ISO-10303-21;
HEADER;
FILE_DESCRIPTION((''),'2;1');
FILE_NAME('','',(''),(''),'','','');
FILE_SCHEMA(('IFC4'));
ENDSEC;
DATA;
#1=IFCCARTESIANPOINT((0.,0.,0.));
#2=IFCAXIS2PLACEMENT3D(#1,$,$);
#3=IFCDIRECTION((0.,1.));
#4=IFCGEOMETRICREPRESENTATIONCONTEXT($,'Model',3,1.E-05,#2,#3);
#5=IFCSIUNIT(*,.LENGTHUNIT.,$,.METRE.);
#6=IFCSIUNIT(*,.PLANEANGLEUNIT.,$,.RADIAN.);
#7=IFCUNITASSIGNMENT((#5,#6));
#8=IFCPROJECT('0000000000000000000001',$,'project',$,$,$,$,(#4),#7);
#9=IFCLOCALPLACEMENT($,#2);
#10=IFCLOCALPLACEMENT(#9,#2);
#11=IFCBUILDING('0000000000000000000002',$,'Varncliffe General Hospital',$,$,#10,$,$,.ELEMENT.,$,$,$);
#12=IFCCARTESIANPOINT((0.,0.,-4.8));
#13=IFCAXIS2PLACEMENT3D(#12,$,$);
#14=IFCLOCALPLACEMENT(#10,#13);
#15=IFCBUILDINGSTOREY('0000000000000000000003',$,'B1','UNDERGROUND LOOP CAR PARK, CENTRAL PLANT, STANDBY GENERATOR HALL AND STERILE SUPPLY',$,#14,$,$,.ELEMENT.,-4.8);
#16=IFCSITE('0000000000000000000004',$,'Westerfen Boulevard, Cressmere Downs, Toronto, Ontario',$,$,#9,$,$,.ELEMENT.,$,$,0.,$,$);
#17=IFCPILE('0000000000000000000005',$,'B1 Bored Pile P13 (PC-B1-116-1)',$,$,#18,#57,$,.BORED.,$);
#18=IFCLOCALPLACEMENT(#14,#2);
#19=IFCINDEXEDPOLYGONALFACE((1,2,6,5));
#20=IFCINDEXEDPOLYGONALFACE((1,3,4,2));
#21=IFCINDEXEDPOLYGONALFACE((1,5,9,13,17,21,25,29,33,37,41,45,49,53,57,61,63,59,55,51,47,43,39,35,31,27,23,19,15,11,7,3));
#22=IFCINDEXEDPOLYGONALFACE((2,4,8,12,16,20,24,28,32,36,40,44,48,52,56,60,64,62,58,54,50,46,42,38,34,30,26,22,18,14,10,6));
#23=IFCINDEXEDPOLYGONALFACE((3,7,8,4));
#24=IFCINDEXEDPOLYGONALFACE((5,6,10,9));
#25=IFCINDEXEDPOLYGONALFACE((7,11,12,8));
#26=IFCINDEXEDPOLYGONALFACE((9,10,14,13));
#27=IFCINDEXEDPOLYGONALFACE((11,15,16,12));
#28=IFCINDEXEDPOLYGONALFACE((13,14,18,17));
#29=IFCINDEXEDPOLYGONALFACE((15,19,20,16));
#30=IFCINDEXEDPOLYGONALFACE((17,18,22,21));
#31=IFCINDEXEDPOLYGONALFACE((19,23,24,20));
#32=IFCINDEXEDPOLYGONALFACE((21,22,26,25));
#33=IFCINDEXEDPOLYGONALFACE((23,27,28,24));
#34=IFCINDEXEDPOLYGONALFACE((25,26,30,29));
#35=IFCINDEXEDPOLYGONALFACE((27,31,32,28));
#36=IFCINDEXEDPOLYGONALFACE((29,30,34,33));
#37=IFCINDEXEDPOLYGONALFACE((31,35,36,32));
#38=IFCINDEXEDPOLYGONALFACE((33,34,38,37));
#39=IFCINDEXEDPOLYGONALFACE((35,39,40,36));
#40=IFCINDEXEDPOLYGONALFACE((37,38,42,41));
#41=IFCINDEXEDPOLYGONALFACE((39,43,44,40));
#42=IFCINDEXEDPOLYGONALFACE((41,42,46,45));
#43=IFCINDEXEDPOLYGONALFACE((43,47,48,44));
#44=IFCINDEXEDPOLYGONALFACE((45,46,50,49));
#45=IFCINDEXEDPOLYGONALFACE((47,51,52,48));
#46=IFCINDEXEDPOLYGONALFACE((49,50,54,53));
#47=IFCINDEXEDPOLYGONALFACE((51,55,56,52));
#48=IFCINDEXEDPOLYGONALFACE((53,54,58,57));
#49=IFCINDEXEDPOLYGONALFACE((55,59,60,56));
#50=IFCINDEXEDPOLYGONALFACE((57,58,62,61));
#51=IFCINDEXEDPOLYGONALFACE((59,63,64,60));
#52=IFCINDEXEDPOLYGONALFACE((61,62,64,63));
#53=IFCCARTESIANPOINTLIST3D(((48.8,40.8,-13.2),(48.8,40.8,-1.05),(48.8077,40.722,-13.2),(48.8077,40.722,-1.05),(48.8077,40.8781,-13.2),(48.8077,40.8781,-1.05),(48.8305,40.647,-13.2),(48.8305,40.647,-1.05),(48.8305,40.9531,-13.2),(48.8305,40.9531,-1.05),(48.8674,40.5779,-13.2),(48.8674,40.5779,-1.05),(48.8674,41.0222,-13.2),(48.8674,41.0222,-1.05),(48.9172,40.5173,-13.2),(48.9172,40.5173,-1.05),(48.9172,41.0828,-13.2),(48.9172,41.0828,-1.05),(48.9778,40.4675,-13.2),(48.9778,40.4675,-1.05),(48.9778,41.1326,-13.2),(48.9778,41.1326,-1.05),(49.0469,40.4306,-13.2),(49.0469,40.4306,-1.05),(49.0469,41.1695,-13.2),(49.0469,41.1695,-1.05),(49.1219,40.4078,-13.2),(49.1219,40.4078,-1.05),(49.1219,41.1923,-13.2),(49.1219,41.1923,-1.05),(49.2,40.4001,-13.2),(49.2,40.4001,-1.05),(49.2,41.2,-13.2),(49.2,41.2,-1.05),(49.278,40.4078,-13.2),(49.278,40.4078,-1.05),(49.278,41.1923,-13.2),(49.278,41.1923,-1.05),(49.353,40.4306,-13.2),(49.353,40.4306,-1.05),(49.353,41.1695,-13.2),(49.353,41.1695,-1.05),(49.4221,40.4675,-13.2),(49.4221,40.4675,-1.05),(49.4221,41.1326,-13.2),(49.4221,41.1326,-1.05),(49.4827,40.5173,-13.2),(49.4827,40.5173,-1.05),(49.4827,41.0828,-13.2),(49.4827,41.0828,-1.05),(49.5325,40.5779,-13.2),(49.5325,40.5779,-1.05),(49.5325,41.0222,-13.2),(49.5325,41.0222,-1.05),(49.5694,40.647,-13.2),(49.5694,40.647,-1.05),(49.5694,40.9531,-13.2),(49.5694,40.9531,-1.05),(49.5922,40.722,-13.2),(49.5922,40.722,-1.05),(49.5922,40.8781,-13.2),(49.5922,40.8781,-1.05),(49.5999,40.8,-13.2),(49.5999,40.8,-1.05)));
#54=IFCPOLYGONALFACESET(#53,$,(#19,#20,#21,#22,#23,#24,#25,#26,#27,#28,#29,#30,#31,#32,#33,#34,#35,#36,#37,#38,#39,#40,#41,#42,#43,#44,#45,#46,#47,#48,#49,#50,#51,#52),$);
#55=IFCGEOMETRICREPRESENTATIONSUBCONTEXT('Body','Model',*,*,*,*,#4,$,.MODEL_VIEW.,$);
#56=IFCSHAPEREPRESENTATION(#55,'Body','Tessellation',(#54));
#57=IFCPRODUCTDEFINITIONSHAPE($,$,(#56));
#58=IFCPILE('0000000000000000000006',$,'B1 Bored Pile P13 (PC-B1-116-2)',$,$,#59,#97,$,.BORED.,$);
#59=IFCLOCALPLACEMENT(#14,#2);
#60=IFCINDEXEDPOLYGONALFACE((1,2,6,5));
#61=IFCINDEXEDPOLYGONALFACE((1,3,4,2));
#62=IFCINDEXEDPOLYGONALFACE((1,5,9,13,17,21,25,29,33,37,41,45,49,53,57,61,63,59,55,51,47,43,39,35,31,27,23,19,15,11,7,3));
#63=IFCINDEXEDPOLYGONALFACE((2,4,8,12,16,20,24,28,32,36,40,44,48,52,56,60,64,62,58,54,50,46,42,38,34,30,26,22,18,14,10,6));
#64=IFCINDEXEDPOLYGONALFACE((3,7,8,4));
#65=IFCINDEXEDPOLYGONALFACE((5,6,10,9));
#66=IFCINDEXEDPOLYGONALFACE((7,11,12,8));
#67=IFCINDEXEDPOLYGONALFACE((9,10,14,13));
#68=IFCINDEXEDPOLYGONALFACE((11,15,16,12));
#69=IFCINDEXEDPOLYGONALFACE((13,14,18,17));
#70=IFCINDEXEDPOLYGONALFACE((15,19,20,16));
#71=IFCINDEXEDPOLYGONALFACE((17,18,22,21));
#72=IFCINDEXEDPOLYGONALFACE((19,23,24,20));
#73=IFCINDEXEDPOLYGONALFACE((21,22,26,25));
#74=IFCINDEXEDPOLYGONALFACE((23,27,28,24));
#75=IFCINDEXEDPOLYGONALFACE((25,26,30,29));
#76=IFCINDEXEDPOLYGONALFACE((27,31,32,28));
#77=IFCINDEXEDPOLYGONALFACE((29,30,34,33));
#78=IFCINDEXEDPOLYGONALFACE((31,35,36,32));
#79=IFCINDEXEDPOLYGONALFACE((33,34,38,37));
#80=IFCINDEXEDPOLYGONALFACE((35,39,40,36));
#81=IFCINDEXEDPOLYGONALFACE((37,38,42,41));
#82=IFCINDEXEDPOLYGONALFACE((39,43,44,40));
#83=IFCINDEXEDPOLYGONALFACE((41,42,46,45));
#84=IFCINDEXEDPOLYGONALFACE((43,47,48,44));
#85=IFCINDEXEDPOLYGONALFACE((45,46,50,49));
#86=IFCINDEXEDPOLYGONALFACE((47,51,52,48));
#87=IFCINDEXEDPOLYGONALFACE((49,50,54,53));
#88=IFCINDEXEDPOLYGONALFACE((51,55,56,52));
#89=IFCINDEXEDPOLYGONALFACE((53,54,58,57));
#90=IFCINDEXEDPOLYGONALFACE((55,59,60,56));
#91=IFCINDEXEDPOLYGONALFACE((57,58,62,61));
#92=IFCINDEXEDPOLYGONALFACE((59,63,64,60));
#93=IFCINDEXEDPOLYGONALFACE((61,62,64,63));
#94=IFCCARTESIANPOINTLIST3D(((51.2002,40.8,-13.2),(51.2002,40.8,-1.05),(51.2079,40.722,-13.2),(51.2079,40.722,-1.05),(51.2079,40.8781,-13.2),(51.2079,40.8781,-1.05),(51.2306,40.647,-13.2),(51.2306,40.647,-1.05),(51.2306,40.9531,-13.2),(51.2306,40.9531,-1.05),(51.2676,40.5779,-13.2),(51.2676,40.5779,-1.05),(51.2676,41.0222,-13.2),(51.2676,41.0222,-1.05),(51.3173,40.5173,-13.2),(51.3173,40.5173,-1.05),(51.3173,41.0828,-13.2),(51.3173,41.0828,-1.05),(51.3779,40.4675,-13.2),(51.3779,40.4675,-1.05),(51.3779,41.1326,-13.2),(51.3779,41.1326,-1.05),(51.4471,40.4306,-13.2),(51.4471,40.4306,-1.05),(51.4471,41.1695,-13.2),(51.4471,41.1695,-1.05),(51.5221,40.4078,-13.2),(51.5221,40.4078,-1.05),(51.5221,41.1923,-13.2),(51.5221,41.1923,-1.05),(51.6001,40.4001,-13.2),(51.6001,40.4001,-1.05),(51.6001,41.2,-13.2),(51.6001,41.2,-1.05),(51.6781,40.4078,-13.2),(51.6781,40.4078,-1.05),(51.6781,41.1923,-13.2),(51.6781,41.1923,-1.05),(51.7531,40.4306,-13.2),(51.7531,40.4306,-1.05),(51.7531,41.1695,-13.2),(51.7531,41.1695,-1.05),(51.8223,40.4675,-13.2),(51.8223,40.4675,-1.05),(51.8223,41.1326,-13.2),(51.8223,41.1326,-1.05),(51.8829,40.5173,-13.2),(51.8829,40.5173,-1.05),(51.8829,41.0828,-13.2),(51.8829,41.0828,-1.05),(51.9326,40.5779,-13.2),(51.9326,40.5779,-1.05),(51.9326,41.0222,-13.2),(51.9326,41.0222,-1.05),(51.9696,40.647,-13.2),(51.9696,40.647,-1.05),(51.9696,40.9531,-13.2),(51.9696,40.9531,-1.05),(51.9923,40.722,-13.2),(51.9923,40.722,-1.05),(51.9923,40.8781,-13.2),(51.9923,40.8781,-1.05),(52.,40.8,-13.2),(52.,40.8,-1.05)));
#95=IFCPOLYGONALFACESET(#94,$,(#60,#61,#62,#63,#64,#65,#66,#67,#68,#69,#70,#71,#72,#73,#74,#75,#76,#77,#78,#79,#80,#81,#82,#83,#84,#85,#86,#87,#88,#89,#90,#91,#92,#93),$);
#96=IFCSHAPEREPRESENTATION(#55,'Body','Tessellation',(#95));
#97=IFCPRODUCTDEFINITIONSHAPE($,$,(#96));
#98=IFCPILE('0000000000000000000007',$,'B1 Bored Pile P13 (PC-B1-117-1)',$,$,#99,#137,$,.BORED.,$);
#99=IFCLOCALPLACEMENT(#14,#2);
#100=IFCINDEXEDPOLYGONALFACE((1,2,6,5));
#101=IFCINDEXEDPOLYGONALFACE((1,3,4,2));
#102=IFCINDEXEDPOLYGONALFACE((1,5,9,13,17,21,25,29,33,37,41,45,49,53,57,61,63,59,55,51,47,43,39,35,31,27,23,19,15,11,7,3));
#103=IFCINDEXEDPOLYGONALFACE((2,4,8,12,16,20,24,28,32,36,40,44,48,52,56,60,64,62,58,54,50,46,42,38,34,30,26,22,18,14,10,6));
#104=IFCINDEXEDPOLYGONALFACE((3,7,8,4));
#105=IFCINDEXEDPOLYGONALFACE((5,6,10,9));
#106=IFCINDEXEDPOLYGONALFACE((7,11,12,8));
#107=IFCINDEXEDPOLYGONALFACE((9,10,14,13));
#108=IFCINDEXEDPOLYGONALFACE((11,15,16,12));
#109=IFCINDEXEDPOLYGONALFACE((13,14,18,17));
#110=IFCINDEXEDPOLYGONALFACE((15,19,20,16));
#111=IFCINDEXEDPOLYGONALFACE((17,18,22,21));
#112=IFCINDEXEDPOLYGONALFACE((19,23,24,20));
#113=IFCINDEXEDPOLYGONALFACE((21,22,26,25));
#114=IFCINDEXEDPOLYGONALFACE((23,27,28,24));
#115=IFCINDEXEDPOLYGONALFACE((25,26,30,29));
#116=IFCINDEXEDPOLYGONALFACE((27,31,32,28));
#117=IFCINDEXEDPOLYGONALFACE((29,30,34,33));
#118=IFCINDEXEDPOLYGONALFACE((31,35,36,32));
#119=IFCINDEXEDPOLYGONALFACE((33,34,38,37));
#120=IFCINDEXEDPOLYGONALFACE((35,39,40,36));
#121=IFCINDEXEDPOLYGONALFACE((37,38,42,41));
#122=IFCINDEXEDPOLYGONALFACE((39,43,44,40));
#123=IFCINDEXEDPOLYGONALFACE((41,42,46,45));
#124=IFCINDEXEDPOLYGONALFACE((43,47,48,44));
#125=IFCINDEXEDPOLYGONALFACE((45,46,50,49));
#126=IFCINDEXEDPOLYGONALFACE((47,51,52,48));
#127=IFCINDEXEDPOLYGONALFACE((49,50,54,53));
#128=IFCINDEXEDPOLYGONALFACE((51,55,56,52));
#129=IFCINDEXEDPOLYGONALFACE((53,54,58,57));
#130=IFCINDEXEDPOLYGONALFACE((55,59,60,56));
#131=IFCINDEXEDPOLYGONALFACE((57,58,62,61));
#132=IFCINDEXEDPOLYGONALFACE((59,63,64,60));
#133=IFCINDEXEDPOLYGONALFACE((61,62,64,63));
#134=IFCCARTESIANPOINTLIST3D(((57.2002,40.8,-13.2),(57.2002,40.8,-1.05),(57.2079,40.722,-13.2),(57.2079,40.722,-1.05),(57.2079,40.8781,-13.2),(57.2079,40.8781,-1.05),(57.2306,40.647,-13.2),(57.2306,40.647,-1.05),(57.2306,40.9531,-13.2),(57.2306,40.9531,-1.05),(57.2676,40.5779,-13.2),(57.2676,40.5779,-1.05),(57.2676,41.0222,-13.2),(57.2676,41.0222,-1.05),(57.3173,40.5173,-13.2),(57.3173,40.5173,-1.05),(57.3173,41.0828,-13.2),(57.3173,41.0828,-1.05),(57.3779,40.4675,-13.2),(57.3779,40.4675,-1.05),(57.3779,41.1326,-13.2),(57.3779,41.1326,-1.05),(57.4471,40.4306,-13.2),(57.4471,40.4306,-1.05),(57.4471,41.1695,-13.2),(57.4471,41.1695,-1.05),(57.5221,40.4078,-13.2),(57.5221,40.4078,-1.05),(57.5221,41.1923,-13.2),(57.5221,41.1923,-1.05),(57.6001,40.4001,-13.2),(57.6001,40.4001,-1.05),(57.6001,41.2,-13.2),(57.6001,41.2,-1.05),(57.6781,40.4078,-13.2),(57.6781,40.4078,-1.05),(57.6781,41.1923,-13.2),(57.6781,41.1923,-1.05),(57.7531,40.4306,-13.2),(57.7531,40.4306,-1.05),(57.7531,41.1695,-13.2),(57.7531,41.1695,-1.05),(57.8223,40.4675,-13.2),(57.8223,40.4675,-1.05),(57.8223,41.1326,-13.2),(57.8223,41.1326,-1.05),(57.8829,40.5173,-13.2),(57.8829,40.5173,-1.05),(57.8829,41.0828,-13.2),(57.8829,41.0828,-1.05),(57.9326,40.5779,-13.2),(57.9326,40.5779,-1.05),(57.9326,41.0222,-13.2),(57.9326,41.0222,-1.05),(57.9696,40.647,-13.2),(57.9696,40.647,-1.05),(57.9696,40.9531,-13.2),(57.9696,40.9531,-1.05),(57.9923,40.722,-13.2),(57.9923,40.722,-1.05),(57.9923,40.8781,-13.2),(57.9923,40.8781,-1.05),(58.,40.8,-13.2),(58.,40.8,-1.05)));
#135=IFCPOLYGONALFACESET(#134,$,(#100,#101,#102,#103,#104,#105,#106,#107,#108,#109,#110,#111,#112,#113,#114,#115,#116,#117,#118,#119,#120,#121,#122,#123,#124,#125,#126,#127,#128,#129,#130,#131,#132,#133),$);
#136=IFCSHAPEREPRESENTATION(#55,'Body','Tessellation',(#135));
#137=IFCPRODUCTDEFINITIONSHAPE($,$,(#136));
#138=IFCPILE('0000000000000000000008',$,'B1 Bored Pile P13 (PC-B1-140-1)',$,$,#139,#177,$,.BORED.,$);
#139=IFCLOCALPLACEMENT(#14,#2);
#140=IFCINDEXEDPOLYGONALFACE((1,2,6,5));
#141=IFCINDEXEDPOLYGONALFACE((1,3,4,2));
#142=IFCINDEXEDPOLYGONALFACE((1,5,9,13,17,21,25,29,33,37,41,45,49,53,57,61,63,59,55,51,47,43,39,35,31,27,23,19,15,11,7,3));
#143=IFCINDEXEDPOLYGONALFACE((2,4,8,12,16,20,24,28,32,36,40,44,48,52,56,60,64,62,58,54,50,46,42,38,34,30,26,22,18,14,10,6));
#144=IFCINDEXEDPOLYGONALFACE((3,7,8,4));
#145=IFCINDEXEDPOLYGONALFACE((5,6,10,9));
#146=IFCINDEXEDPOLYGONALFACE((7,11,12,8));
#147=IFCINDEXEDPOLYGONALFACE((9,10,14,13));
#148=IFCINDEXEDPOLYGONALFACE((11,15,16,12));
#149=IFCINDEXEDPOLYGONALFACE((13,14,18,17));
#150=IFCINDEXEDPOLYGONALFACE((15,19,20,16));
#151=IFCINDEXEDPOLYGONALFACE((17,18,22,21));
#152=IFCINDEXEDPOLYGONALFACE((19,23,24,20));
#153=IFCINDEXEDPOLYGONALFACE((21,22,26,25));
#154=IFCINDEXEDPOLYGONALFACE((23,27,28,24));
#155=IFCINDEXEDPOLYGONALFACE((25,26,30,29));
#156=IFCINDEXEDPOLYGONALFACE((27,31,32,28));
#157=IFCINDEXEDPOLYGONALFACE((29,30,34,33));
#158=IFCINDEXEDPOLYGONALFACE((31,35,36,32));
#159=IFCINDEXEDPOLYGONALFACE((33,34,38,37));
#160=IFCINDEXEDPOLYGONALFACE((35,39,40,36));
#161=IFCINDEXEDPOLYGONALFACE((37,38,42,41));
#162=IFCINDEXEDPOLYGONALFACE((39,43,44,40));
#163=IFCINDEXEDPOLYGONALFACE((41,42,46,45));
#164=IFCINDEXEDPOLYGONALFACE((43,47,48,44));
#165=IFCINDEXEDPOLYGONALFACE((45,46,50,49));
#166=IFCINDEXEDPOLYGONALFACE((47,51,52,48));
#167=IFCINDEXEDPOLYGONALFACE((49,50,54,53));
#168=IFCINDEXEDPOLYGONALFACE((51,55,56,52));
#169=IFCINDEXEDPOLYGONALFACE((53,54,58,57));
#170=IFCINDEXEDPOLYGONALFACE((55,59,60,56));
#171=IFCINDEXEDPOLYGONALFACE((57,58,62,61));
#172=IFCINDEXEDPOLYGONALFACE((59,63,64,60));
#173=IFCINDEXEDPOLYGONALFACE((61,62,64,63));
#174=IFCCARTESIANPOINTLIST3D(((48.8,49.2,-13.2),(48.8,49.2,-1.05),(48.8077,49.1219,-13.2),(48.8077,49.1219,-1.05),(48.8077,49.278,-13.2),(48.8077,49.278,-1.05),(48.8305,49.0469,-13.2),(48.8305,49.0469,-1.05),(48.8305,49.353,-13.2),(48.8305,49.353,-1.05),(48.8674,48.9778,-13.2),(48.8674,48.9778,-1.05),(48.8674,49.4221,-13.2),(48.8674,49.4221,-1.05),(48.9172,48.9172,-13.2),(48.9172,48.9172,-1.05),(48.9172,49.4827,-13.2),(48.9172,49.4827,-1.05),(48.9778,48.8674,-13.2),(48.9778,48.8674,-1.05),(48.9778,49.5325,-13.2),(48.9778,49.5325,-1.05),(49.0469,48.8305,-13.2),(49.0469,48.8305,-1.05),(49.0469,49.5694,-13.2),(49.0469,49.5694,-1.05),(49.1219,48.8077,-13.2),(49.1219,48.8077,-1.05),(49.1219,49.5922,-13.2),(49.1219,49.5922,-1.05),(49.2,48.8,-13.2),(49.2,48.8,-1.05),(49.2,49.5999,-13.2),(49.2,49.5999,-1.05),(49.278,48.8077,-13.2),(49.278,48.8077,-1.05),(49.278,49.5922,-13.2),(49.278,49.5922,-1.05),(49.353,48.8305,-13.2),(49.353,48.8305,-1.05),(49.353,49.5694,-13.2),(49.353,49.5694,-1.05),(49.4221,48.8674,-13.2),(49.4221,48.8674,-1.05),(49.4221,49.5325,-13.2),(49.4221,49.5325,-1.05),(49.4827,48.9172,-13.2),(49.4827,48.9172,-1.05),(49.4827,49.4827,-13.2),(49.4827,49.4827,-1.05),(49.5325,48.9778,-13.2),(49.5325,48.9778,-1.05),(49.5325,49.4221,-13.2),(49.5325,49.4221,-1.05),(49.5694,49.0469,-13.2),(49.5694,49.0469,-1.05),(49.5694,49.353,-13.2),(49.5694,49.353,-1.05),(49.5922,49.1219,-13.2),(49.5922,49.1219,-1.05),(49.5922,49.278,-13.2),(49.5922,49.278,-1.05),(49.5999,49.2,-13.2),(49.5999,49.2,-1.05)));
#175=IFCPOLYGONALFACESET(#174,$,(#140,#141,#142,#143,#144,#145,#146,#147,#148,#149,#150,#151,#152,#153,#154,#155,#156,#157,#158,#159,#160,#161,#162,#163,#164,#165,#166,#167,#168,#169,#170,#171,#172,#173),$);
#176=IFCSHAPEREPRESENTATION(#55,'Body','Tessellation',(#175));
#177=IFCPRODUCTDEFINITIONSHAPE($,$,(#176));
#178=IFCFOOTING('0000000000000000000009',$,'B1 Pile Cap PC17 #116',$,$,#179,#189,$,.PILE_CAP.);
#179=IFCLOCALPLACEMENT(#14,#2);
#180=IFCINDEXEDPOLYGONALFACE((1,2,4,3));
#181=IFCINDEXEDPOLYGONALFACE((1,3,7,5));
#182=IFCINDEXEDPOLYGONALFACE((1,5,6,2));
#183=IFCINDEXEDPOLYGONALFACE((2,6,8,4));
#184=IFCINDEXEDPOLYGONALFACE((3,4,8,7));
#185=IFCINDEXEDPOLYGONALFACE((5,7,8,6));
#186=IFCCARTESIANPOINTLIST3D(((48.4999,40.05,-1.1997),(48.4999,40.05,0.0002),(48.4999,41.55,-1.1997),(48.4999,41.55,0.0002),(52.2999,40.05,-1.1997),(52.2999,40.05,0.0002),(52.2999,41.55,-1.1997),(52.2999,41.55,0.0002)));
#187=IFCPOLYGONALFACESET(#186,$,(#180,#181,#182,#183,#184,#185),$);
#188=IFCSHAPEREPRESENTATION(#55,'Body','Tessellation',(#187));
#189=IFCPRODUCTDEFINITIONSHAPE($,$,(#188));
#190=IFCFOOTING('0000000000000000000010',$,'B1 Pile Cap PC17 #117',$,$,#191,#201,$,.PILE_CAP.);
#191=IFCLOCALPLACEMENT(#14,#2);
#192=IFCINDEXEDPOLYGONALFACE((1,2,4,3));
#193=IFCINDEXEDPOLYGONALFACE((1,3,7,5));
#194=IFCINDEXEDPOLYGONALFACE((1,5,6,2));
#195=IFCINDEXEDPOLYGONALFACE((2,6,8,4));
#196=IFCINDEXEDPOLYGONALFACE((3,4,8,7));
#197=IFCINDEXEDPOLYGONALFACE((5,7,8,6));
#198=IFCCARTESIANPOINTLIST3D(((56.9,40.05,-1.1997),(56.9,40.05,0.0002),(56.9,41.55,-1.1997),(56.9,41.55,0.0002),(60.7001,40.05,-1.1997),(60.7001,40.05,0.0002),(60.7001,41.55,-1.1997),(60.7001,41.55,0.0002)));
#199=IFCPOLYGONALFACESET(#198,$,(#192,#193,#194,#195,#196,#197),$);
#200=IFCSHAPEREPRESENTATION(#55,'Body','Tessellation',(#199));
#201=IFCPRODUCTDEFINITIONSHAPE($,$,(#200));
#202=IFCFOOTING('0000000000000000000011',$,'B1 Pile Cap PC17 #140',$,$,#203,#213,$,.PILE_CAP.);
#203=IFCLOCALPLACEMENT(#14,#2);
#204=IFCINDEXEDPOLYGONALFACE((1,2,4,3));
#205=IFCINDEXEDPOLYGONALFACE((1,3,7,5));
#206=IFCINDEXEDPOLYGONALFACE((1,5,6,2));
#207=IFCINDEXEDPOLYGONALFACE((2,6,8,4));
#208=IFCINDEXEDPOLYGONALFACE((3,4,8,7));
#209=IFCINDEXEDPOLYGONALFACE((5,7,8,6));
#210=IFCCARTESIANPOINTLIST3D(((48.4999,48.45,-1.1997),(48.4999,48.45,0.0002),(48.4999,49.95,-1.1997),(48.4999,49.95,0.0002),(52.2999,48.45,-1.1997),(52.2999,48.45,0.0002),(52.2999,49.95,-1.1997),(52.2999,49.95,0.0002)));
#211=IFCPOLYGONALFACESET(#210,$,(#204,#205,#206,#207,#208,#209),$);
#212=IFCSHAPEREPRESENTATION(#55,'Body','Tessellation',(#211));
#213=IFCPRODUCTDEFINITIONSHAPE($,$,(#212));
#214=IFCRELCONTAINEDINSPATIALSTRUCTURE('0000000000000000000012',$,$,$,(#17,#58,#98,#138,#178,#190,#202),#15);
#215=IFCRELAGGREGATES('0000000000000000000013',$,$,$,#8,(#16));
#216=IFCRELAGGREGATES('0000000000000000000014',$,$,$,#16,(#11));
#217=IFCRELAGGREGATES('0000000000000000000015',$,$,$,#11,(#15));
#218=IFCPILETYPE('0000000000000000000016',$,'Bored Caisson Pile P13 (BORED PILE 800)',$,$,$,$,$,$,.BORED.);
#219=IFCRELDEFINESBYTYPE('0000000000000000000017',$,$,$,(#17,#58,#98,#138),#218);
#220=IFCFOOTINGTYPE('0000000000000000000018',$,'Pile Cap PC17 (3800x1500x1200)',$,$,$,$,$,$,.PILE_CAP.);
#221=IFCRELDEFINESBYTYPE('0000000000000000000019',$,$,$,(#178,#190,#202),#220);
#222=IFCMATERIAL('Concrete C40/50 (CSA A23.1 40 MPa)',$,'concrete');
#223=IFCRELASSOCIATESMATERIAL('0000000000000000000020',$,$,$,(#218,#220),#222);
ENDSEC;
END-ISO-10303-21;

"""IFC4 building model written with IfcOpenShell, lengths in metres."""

from ifc_helpers import new_model, si_unit, direction, frame, origin, origin_2d, place, context, subcontext, project, spatial, rectangle, circle, extrude, material, material_profile, profile_set, type_object, element, save


model = new_model("IFC4")

# Units and contexts
model_context = context("Model", 3, precision=1e-05, world=origin(), true_north=direction((0.0, 1.0)))
body_context = subcontext(model_context, "Body", "Model", "MODEL_VIEW")
ifc_project = project(units=[si_unit("LENGTHUNIT", "METRE"), si_unit("PLANEANGLEUNIT", "RADIAN")], contexts=[model_context])

# Site, building, storey
site_placement = place(None, origin())
site = spatial("IfcSite", under=ifc_project, at=site_placement, Name="Westerfen Boulevard, Cressmere Downs, Toronto, Ontario", CompositionType="ELEMENT", RefElevation=0.0)
building_placement = place(site_placement, origin())
building = spatial("IfcBuilding", under=site, at=building_placement, Name="Varncliffe General Hospital", CompositionType="ELEMENT")
storey_placement = place(building_placement, frame((0.0, 0.0, -4.8)))
storey = spatial("IfcBuildingStorey", under=building, at=storey_placement, Name="B1", Description="UNDERGROUND LOOP CAR PARK, CENTRAL PLANT, STANDBY GENERATOR HALL AND STERILE SUPPLY", CompositionType="ELEMENT", Elevation=-4.8)

# Piles
ifc_material_1 = material(Name="Concrete C40/50 (CSA A23.1 40 MPa)", Category="concrete")
ifc_material_profile_1 = material_profile(ifc_material_1, circle(Radius=0.3999, at=origin_2d()), Name="BORED PILE 800")
ifc_profile_set_1 = profile_set([ifc_material_profile_1], Name="Concrete C40/50 (CSA A23.1 40 MPa)")
pile_type = type_object("IfcPileType", Name="Bored Caisson Pile P13 (BORED PILE 800)", PredefinedType="BORED", material=ifc_profile_set_1)
for number, where, z_axis, x_axis, name in (
    (1, (49.2, 40.8, -1.05), (0.0, 0.0, -1.0), (1.0, 0.0, 0.0), "B1 Bored Pile P13 (PC-B1-116-1)"),
    (2, (51.6001, 40.8, -1.05), (0.0, 0.0, -1.0), (1.0, 0.0, 0.0), "B1 Bored Pile P13 (PC-B1-116-2)"),
    (3, (57.6001, 40.8, -1.05), (0.0, 0.0, -1.0), (1.0, 0.0, 0.0), "B1 Bored Pile P13 (PC-B1-117-1)"),
    (4, (49.2, 49.2, -1.05), (0.0, 0.0, -1.0), (1.0, 0.0, 0.0), "B1 Bored Pile P13 (PC-B1-140-1)"),
):
    element("IfcPile", number, at=place(storey_placement, frame(where, z_axis=z_axis, x_axis=x_axis)), inside=storey, type_object=pile_type, Name=name, PredefinedType="BORED", context=body_context, shape_type="SweptSolid", body=[
        extrude(circle(Radius=0.3999, at=origin_2d()), origin(), (0.0, 0.0, 1.0), 12.1499),
    ])

# Footings
footing_type_1 = type_object("IfcFootingType", Name="Pile Cap PC17 (3800x1500x1200)", PredefinedType="PILE_CAP", material=ifc_material_1)
for number, where, z_axis, x_axis, name in (
    (5, (50.3999, 40.8, -1.1997), (0.0, 0.0, 1.0), (1.0, 0.0, 0.0), "B1 Pile Cap PC17 #116"),
    (6, (58.8, 40.8, -1.1997), (0.0, 0.0, 1.0), (1.0, 0.0, 0.0), "B1 Pile Cap PC17 #117"),
    (7, (50.3999, 49.2, -1.1997), (0.0, 0.0, 1.0), (1.0, 0.0, 0.0), "B1 Pile Cap PC17 #140"),
):
    element("IfcFooting", number, at=place(storey_placement, frame(where, z_axis=z_axis, x_axis=x_axis)), inside=storey, type_object=footing_type_1, Name=name, PredefinedType="PILE_CAP", context=body_context, shape_type="SweptSolid", body=[
        extrude(rectangle(XDim=3.8, YDim=1.5, at=origin_2d()), origin(), (0.0, 0.0, 1.0), 1.2),
    ])

save(model, "model.ifc")
